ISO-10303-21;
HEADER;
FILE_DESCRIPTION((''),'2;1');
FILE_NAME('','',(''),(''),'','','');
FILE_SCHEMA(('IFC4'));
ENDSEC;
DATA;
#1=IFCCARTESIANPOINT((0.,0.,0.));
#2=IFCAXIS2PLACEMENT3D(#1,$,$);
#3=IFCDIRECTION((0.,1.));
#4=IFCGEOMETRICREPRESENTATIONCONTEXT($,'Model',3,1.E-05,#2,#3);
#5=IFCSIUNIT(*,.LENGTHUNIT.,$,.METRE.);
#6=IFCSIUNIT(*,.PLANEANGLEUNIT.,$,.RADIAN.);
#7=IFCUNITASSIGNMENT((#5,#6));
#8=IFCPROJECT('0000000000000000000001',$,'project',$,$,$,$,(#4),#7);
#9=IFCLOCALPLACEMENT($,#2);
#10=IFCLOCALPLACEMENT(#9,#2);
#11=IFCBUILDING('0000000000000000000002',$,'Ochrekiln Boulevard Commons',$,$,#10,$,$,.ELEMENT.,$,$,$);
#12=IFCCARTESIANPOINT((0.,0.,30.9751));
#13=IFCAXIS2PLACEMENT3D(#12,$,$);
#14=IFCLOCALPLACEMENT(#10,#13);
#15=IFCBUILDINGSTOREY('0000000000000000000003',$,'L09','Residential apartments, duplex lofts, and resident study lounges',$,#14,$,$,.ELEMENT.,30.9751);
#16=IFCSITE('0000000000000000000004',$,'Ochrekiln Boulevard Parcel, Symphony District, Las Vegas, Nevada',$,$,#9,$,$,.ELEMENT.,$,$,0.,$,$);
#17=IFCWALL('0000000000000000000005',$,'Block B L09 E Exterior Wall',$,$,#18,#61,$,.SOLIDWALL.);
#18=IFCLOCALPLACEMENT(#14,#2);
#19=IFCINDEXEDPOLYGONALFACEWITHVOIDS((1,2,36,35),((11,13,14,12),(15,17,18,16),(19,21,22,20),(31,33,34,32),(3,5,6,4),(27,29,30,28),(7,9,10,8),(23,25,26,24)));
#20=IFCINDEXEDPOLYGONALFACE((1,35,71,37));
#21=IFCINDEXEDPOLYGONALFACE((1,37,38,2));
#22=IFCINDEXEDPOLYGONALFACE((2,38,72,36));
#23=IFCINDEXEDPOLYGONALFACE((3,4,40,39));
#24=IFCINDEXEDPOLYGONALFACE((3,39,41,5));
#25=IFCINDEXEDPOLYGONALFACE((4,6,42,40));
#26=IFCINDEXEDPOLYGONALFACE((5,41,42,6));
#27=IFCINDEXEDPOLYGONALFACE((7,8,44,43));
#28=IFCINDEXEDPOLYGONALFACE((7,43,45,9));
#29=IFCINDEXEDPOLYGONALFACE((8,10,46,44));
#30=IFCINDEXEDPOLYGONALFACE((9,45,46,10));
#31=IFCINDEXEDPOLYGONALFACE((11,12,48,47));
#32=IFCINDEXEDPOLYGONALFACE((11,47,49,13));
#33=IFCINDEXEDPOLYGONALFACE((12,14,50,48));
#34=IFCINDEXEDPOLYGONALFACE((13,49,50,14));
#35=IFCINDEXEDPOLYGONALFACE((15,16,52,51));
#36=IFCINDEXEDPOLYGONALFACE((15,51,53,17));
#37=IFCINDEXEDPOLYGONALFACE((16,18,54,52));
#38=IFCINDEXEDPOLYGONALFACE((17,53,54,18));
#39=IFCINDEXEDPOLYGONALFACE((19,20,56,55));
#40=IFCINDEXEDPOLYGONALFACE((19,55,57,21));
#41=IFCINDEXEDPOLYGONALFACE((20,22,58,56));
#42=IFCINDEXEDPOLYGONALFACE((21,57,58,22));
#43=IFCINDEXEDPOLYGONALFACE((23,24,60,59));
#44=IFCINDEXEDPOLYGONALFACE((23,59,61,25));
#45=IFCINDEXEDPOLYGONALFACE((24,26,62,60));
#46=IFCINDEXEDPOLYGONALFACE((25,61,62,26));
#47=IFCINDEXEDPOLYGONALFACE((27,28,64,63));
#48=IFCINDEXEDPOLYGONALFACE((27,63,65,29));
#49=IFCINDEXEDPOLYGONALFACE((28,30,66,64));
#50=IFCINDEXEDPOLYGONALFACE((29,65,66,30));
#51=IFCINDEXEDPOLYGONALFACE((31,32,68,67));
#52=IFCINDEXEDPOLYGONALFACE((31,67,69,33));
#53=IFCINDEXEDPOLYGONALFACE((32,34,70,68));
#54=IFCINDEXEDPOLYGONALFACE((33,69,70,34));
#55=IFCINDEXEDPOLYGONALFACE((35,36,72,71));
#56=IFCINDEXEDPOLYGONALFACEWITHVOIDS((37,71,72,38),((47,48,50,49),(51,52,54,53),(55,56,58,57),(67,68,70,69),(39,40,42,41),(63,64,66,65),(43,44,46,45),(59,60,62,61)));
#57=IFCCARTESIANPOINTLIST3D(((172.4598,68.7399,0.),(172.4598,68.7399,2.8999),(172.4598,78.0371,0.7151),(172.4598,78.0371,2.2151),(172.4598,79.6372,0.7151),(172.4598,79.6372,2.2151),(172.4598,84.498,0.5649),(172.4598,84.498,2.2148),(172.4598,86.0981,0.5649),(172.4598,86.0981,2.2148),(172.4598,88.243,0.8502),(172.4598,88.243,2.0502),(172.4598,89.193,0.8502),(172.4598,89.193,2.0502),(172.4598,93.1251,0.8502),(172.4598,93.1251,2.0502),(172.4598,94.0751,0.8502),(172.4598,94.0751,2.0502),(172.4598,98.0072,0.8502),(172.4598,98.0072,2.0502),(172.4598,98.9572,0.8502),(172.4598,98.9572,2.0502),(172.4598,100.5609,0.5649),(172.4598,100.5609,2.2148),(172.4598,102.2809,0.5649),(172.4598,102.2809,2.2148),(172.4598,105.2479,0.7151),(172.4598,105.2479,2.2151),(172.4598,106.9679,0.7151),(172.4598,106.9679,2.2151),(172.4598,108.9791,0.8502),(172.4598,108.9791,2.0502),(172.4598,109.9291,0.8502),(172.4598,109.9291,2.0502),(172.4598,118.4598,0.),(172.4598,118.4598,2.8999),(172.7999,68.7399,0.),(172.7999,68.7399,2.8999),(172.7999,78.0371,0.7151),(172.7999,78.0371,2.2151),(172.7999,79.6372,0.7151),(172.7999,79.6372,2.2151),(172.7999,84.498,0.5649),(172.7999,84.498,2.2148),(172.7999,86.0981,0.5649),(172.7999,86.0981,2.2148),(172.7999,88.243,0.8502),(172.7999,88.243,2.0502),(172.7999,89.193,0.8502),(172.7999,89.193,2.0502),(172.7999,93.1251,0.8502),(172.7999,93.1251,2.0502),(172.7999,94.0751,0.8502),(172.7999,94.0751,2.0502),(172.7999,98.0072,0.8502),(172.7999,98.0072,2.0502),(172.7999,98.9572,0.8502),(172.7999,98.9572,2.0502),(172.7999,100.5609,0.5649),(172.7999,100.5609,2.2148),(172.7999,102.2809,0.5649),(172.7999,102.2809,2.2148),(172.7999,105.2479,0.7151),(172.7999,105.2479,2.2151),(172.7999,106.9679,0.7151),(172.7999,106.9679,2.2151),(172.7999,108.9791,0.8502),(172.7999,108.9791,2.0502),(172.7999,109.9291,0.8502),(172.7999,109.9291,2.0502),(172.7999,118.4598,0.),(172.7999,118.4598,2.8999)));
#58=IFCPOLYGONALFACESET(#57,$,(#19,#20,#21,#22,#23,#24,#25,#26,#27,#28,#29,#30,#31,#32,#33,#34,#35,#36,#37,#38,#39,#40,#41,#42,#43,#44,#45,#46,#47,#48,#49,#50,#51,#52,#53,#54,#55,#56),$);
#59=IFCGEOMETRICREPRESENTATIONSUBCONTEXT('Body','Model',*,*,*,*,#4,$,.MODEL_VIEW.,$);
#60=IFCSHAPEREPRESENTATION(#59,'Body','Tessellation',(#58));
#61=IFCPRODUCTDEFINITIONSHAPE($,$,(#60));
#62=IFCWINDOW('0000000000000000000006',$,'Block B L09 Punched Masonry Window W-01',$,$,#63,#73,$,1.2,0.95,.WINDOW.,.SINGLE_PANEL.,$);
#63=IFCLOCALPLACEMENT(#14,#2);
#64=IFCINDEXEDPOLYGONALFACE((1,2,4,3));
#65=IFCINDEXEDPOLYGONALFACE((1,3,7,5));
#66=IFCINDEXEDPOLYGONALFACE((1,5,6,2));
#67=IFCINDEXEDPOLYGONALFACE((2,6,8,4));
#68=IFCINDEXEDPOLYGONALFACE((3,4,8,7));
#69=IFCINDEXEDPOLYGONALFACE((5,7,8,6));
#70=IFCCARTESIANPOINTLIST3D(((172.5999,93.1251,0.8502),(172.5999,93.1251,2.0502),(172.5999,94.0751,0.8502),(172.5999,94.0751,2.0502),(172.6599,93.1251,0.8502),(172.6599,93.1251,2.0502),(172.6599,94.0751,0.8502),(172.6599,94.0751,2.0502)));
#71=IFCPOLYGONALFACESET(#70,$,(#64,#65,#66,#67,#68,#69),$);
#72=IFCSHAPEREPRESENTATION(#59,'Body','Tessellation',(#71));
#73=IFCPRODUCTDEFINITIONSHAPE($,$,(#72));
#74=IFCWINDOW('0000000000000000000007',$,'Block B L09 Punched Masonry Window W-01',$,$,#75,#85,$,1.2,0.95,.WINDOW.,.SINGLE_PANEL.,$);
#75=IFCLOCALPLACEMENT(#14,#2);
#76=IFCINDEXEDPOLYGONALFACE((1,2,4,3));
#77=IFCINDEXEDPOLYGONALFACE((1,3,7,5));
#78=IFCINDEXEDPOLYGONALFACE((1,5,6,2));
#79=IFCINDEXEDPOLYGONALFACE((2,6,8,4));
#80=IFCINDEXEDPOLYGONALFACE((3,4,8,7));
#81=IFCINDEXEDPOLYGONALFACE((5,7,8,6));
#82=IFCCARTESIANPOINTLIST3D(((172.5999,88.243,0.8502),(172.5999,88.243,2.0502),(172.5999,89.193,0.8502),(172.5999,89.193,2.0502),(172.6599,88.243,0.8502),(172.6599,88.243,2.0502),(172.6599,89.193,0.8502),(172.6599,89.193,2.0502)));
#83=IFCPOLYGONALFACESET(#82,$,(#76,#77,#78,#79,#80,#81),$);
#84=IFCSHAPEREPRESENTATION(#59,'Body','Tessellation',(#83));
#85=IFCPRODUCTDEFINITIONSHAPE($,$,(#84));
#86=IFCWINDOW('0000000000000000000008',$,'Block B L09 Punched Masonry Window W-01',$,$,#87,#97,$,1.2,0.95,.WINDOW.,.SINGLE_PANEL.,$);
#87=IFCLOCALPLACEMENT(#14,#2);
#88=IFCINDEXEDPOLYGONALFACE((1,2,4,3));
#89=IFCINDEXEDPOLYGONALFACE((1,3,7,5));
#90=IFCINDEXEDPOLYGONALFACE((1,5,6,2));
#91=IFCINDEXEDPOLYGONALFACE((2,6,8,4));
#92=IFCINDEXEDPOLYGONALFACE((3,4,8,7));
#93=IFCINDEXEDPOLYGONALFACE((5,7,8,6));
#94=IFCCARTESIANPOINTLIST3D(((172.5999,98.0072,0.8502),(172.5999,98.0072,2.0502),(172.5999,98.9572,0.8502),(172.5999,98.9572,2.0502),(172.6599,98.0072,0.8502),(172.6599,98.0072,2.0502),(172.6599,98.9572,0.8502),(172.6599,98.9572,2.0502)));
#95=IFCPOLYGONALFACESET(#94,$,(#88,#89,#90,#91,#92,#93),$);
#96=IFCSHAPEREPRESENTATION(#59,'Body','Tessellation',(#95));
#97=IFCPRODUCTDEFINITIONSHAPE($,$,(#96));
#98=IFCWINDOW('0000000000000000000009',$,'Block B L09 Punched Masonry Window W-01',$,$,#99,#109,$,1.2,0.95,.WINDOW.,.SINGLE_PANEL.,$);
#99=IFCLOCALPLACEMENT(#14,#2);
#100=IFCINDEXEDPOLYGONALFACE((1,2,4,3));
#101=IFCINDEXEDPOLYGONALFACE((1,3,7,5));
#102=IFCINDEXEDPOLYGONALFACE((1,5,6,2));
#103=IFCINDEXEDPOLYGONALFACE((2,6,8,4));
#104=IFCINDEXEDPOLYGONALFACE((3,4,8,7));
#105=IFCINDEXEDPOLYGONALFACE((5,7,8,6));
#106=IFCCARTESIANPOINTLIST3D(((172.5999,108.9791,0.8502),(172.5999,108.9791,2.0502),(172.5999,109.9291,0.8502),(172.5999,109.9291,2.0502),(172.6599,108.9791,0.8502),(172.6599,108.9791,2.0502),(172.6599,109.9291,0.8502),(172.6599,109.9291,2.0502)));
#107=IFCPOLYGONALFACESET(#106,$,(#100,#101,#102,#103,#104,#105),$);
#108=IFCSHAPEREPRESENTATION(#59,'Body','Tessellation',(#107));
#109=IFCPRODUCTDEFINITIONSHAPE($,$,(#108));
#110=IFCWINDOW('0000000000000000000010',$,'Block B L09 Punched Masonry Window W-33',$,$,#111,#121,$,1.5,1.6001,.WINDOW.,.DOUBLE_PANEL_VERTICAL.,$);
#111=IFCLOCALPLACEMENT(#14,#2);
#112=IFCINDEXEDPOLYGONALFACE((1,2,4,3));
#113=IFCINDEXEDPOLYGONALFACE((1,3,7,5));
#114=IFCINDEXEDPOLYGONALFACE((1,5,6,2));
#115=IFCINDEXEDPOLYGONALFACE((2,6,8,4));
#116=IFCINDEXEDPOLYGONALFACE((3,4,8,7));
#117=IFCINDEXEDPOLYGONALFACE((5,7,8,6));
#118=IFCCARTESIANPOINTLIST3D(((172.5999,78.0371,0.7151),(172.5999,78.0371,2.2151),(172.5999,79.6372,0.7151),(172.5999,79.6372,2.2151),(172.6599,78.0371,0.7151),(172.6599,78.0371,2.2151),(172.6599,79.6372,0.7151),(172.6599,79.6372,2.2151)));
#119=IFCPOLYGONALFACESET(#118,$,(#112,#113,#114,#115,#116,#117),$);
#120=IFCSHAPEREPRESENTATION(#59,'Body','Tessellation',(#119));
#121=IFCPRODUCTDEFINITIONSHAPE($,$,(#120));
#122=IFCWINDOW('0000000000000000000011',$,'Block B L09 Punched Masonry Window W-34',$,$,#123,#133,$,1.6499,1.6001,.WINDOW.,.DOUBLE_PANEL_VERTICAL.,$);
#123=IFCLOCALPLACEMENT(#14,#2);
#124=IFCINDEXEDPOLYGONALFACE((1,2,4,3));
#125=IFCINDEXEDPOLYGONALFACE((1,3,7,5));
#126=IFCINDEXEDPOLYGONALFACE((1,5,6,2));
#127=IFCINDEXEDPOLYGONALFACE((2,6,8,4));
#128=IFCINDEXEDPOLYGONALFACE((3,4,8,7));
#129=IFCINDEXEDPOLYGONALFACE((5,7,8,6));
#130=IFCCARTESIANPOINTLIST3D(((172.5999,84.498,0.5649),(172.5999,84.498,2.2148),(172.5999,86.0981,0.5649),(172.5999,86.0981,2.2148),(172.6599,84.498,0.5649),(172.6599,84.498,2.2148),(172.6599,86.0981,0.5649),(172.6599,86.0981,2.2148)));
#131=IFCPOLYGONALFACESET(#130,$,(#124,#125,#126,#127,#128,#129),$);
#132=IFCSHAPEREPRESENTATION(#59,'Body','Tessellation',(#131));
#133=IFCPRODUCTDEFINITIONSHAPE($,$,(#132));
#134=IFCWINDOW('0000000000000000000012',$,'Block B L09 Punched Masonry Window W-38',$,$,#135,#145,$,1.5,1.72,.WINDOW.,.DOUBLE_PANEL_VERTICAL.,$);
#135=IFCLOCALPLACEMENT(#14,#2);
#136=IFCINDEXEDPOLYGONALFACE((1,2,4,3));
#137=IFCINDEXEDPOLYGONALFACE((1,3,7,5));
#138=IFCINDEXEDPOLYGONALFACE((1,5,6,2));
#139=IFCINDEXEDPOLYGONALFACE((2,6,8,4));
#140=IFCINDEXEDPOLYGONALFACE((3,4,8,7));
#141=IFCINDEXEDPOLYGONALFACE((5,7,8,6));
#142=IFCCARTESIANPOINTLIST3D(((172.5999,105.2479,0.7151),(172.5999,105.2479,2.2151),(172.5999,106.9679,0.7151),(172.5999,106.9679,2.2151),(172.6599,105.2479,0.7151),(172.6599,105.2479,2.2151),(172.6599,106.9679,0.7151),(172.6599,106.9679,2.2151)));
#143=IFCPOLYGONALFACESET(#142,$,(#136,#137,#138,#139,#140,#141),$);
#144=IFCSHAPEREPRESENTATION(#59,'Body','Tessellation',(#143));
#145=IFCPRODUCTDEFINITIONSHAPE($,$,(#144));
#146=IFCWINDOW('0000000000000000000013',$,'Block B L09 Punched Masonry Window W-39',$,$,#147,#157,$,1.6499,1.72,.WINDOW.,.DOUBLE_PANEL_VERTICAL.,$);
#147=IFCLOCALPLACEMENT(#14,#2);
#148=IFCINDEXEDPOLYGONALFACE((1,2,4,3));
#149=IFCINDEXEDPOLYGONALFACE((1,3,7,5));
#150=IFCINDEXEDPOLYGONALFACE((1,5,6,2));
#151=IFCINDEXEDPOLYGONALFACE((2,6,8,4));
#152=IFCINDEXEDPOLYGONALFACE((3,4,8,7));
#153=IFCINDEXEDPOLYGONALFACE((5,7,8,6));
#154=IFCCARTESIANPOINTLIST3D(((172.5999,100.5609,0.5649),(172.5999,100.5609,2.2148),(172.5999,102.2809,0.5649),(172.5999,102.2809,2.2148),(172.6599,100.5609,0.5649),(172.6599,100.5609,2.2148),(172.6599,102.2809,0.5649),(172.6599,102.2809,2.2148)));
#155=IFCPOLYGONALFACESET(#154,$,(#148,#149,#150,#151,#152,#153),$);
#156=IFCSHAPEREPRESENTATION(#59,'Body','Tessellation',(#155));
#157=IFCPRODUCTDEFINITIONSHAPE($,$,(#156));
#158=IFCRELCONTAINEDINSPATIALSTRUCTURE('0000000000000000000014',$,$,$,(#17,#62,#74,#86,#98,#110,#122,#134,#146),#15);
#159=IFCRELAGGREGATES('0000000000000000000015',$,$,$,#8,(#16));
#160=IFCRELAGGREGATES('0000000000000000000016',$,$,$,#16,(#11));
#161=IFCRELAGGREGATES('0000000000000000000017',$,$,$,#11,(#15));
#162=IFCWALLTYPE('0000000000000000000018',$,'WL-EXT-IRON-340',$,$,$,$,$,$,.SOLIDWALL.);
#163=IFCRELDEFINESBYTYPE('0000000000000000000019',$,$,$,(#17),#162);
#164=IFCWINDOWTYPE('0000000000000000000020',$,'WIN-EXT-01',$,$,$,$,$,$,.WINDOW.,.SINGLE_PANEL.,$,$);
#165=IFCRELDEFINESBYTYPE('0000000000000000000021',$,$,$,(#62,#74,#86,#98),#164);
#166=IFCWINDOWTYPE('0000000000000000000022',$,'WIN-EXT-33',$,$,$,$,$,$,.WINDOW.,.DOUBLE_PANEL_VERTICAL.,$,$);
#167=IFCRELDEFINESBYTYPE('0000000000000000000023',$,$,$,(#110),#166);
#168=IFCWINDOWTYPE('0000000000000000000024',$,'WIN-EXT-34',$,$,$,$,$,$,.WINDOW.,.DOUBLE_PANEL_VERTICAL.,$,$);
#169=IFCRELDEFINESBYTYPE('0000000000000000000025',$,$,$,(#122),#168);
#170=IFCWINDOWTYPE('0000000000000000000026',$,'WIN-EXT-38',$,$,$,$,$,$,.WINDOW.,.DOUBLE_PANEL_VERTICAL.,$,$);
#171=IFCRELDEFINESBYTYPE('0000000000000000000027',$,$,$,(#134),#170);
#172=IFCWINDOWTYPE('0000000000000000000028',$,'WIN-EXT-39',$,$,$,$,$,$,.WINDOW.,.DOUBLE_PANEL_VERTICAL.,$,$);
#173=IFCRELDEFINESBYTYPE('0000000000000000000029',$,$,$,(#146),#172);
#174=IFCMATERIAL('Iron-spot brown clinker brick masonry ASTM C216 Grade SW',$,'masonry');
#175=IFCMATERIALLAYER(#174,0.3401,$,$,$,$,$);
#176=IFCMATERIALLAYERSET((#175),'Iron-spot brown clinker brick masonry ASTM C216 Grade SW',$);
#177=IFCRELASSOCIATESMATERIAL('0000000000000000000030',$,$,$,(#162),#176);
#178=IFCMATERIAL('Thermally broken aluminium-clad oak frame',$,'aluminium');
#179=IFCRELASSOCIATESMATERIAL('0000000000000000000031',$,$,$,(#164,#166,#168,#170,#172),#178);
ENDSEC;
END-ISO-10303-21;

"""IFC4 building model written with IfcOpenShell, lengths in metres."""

from ifc_helpers import new_model, si_unit, direction, frame, frame_2d, origin, place, context, subcontext, project, spatial, rectangle, extrude, material, layer, layer_set, type_object, element, fill, save


model = new_model("IFC4")

# Units and contexts
model_context = context("Model", 3, precision=1e-05, world=origin(), true_north=direction((0.0, 1.0)))
body_context = subcontext(model_context, "Body", "Model", "MODEL_VIEW")
ifc_project = project(units=[si_unit("LENGTHUNIT", "METRE"), si_unit("PLANEANGLEUNIT", "RADIAN")], contexts=[model_context])

# Site, building, storey
site_placement = place(None, origin())
site = spatial("IfcSite", under=ifc_project, at=site_placement, Name="Ochrekiln Boulevard Parcel, Symphony District, Las Vegas, Nevada", CompositionType="ELEMENT", RefElevation=0.0)
building_placement = place(site_placement, origin())
building = spatial("IfcBuilding", under=site, at=building_placement, Name="Ochrekiln Boulevard Commons", CompositionType="ELEMENT")
storey_placement = place(building_placement, frame((0.0, 0.0, 30.9751)))
storey = spatial("IfcBuildingStorey", under=building, at=storey_placement, Name="L09", Description="Residential apartments, duplex lofts, and resident study lounges", CompositionType="ELEMENT", Elevation=30.9751)

# Wall, openings, windows
ifc_material_1 = material(Name="Iron-spot brown clinker brick masonry ASTM C216 Grade SW", Category="masonry")
ifc_layer_1 = layer(ifc_material_1, 0.3401)
ifc_layer_set_1 = layer_set([ifc_layer_1], Name="Iron-spot brown clinker brick masonry ASTM C216 Grade SW")
wall_type_1 = type_object("IfcWallType", Name="WL-EXT-IRON-340", PredefinedType="SOLIDWALL", material=ifc_layer_set_1)
wall_1_placement = place(storey_placement, frame((172.6299, 68.74, 0.0), z_axis=(0.0, 0.0, 1.0), x_axis=(0.0, 1.0, 0.0)))
wall_1 = element("IfcWall", 1, at=wall_1_placement, inside=storey, type_object=wall_type_1, Name="Block B L09 E Exterior Wall", PredefinedType="SOLIDWALL", context=body_context, shape_type="SweptSolid", body=[
    extrude(rectangle(XDim=49.72, YDim=0.3401, at=frame_2d((24.8599, 0.0))), origin(), (0.0, 0.0, 1.0), 2.8999),
])
opening_1_placement = place(wall_1_placement, frame((9.2971, 0.0, 0.7151)))
opening_1 = element("IfcOpeningElement", 2, at=opening_1_placement, cuts=wall_1, PredefinedType="OPENING", context=body_context, shape_type="SweptSolid", body=[
    extrude(rectangle(XDim=1.6001, YDim=1.5, at=frame_2d((0.8, 0.75))), frame((0.0, 0.1799, 0.0), z_axis=(0.0, -1.0, 0.0), x_axis=(1.0, 0.0, 0.0)), (0.0, 0.0, 1.0), 0.3601),
])
opening_2_placement = place(wall_1_placement, frame((15.7581, 0.0, 0.5649)))
opening_2 = element("IfcOpeningElement", 3, at=opening_2_placement, cuts=wall_1, PredefinedType="OPENING", context=body_context, shape_type="SweptSolid", body=[
    extrude(rectangle(XDim=1.6001, YDim=1.6499, at=frame_2d((0.8, 0.825))), frame((0.0, 0.1799, 0.0), z_axis=(0.0, -1.0, 0.0), x_axis=(1.0, 0.0, 0.0)), (0.0, 0.0, 1.0), 0.3601),
])
opening_3_placement = place(wall_1_placement, frame((24.385, 0.0, 0.8501)))
opening_3 = element("IfcOpeningElement", 4, at=opening_3_placement, cuts=wall_1, PredefinedType="OPENING", context=body_context, shape_type="SweptSolid", body=[
    extrude(rectangle(XDim=0.95, YDim=1.2, at=frame_2d((0.4751, 0.6001))), frame((0.0, 0.1799, 0.0), z_axis=(0.0, -1.0, 0.0), x_axis=(1.0, 0.0, 0.0)), (0.0, 0.0, 1.0), 0.3601),
])
opening_4_placement = place(wall_1_placement, frame((19.5029, 0.0, 0.8501)))
opening_4 = element("IfcOpeningElement", 5, at=opening_4_placement, cuts=wall_1, PredefinedType="OPENING", context=body_context, shape_type="SweptSolid", body=[
    extrude(rectangle(XDim=0.95, YDim=1.2, at=frame_2d((0.4751, 0.6001))), frame((0.0, 0.1799, 0.0), z_axis=(0.0, -1.0, 0.0), x_axis=(1.0, 0.0, 0.0)), (0.0, 0.0, 1.0), 0.3601),
])
opening_5_placement = place(wall_1_placement, frame((29.2671, 0.0, 0.8501)))
opening_5 = element("IfcOpeningElement", 6, at=opening_5_placement, cuts=wall_1, PredefinedType="OPENING", context=body_context, shape_type="SweptSolid", body=[
    extrude(rectangle(XDim=0.95, YDim=1.2, at=frame_2d((0.4751, 0.6001))), frame((0.0, 0.1799, 0.0), z_axis=(0.0, -1.0, 0.0), x_axis=(1.0, 0.0, 0.0)), (0.0, 0.0, 1.0), 0.3601),
])
opening_6_placement = place(wall_1_placement, frame((36.5081, 0.0, 0.7151)))
opening_6 = element("IfcOpeningElement", 7, at=opening_6_placement, cuts=wall_1, PredefinedType="OPENING", context=body_context, shape_type="SweptSolid", body=[
    extrude(rectangle(XDim=1.72, YDim=1.5, at=frame_2d((0.8599, 0.75))), frame((0.0, 0.1799, 0.0), z_axis=(0.0, -1.0, 0.0), x_axis=(1.0, 0.0, 0.0)), (0.0, 0.0, 1.0), 0.3601),
])
opening_7_placement = place(wall_1_placement, frame((31.821, 0.0, 0.5649)))
opening_7 = element("IfcOpeningElement", 8, at=opening_7_placement, cuts=wall_1, PredefinedType="OPENING", context=body_context, shape_type="SweptSolid", body=[
    extrude(rectangle(XDim=1.72, YDim=1.6499, at=frame_2d((0.8599, 0.825))), frame((0.0, 0.1799, 0.0), z_axis=(0.0, -1.0, 0.0), x_axis=(1.0, 0.0, 0.0)), (0.0, 0.0, 1.0), 0.3601),
])
opening_8_placement = place(wall_1_placement, frame((40.239, 0.0, 0.8501)))
opening_8 = element("IfcOpeningElement", 9, at=opening_8_placement, cuts=wall_1, PredefinedType="OPENING", context=body_context, shape_type="SweptSolid", body=[
    extrude(rectangle(XDim=0.95, YDim=1.2, at=frame_2d((0.4751, 0.6001))), frame((0.0, 0.1799, 0.0), z_axis=(0.0, -1.0, 0.0), x_axis=(1.0, 0.0, 0.0)), (0.0, 0.0, 1.0), 0.3601),
])
ifc_material_2 = material(Name="Thermally broken aluminium-clad oak frame", Category="aluminium")
window_type_1 = type_object("IfcWindowType", Name="WIN-EXT-01", PartitioningType="SINGLE_PANEL", PredefinedType="WINDOW", material=ifc_material_2)
window_1_placement = place(opening_3_placement, origin())
window_1 = element("IfcWindow", 10, at=window_1_placement, inside=storey, type_object=window_type_1, Name="Block B L09 Punched Masonry Window W-01", OverallHeight=1.2, OverallWidth=0.95, PartitioningType="SINGLE_PANEL", PredefinedType="WINDOW", context=body_context, shape_type="SweptSolid", body=[
    extrude(rectangle(XDim=0.95, YDim=1.2, at=frame_2d((0.4751, 0.6001))), frame((0.0, 0.03, 0.0), z_axis=(0.0, -1.0, 0.0), x_axis=(1.0, 0.0, 0.0)), (0.0, 0.0, 1.0), 0.0601),
])
fill(opening_3, window_1)
window_2_placement = place(opening_4_placement, origin())
window_2 = element("IfcWindow", 11, at=window_2_placement, inside=storey, type_object=window_type_1, Name="Block B L09 Punched Masonry Window W-01", OverallHeight=1.2, OverallWidth=0.95, PartitioningType="SINGLE_PANEL", PredefinedType="WINDOW", context=body_context, shape_type="SweptSolid", body=[
    extrude(rectangle(XDim=0.95, YDim=1.2, at=frame_2d((0.4751, 0.6001))), frame((0.0, 0.03, 0.0), z_axis=(0.0, -1.0, 0.0), x_axis=(1.0, 0.0, 0.0)), (0.0, 0.0, 1.0), 0.0601),
])
fill(opening_4, window_2)
window_3_placement = place(opening_5_placement, origin())
window_3 = element("IfcWindow", 12, at=window_3_placement, inside=storey, type_object=window_type_1, Name="Block B L09 Punched Masonry Window W-01", OverallHeight=1.2, OverallWidth=0.95, PartitioningType="SINGLE_PANEL", PredefinedType="WINDOW", context=body_context, shape_type="SweptSolid", body=[
    extrude(rectangle(XDim=0.95, YDim=1.2, at=frame_2d((0.4751, 0.6001))), frame((0.0, 0.03, 0.0), z_axis=(0.0, -1.0, 0.0), x_axis=(1.0, 0.0, 0.0)), (0.0, 0.0, 1.0), 0.0601),
])
fill(opening_5, window_3)
window_4_placement = place(opening_8_placement, origin())
window_4 = element("IfcWindow", 13, at=window_4_placement, inside=storey, type_object=window_type_1, Name="Block B L09 Punched Masonry Window W-01", OverallHeight=1.2, OverallWidth=0.95, PartitioningType="SINGLE_PANEL", PredefinedType="WINDOW", context=body_context, shape_type="SweptSolid", body=[
    extrude(rectangle(XDim=0.95, YDim=1.2, at=frame_2d((0.4751, 0.6001))), frame((0.0, 0.03, 0.0), z_axis=(0.0, -1.0, 0.0), x_axis=(1.0, 0.0, 0.0)), (0.0, 0.0, 1.0), 0.0601),
])
fill(opening_8, window_4)
window_type_2 = type_object("IfcWindowType", Name="WIN-EXT-33", PartitioningType="DOUBLE_PANEL_VERTICAL", PredefinedType="WINDOW", material=ifc_material_2)
window_5_placement = place(opening_1_placement, origin())
window_5 = element("IfcWindow", 14, at=window_5_placement, inside=storey, type_object=window_type_2, Name="Block B L09 Punched Masonry Window W-33", OverallHeight=1.5, OverallWidth=1.6001, PartitioningType="DOUBLE_PANEL_VERTICAL", PredefinedType="WINDOW", context=body_context, shape_type="SweptSolid", body=[
    extrude(rectangle(XDim=1.6001, YDim=1.5, at=frame_2d((0.8, 0.75))), frame((0.0, 0.03, 0.0), z_axis=(0.0, -1.0, 0.0), x_axis=(1.0, 0.0, 0.0)), (0.0, 0.0, 1.0), 0.0601),
])
fill(opening_1, window_5)
window_type_3 = type_object("IfcWindowType", Name="WIN-EXT-34", PartitioningType="DOUBLE_PANEL_VERTICAL", PredefinedType="WINDOW", material=ifc_material_2)
window_6_placement = place(opening_2_placement, origin())
window_6 = element("IfcWindow", 15, at=window_6_placement, inside=storey, type_object=window_type_3, Name="Block B L09 Punched Masonry Window W-34", OverallHeight=1.6499, OverallWidth=1.6001, PartitioningType="DOUBLE_PANEL_VERTICAL", PredefinedType="WINDOW", context=body_context, shape_type="SweptSolid", body=[
    extrude(rectangle(XDim=1.6001, YDim=1.6499, at=frame_2d((0.8, 0.825))), frame((0.0, 0.03, 0.0), z_axis=(0.0, -1.0, 0.0), x_axis=(1.0, 0.0, 0.0)), (0.0, 0.0, 1.0), 0.0601),
])
fill(opening_2, window_6)
window_type_4 = type_object("IfcWindowType", Name="WIN-EXT-38", PartitioningType="DOUBLE_PANEL_VERTICAL", PredefinedType="WINDOW", material=ifc_material_2)
window_7_placement = place(opening_6_placement, origin())
window_7 = element("IfcWindow", 16, at=window_7_placement, inside=storey, type_object=window_type_4, Name="Block B L09 Punched Masonry Window W-38", OverallHeight=1.5, OverallWidth=1.72, PartitioningType="DOUBLE_PANEL_VERTICAL", PredefinedType="WINDOW", context=body_context, shape_type="SweptSolid", body=[
    extrude(rectangle(XDim=1.72, YDim=1.5, at=frame_2d((0.8599, 0.75))), frame((0.0, 0.03, 0.0), z_axis=(0.0, -1.0, 0.0), x_axis=(1.0, 0.0, 0.0)), (0.0, 0.0, 1.0), 0.0601),
])
fill(opening_6, window_7)
window_type_5 = type_object("IfcWindowType", Name="WIN-EXT-39", PartitioningType="DOUBLE_PANEL_VERTICAL", PredefinedType="WINDOW", material=ifc_material_2)
window_8_placement = place(opening_7_placement, origin())
window_8 = element("IfcWindow", 17, at=window_8_placement, inside=storey, type_object=window_type_5, Name="Block B L09 Punched Masonry Window W-39", OverallHeight=1.6499, OverallWidth=1.72, PartitioningType="DOUBLE_PANEL_VERTICAL", PredefinedType="WINDOW", context=body_context, shape_type="SweptSolid", body=[
    extrude(rectangle(XDim=1.72, YDim=1.6499, at=frame_2d((0.8599, 0.825))), frame((0.0, 0.03, 0.0), z_axis=(0.0, -1.0, 0.0), x_axis=(1.0, 0.0, 0.0)), (0.0, 0.0, 1.0), 0.0601),
])
fill(opening_7, window_8)

save(model, "model.ifc")
